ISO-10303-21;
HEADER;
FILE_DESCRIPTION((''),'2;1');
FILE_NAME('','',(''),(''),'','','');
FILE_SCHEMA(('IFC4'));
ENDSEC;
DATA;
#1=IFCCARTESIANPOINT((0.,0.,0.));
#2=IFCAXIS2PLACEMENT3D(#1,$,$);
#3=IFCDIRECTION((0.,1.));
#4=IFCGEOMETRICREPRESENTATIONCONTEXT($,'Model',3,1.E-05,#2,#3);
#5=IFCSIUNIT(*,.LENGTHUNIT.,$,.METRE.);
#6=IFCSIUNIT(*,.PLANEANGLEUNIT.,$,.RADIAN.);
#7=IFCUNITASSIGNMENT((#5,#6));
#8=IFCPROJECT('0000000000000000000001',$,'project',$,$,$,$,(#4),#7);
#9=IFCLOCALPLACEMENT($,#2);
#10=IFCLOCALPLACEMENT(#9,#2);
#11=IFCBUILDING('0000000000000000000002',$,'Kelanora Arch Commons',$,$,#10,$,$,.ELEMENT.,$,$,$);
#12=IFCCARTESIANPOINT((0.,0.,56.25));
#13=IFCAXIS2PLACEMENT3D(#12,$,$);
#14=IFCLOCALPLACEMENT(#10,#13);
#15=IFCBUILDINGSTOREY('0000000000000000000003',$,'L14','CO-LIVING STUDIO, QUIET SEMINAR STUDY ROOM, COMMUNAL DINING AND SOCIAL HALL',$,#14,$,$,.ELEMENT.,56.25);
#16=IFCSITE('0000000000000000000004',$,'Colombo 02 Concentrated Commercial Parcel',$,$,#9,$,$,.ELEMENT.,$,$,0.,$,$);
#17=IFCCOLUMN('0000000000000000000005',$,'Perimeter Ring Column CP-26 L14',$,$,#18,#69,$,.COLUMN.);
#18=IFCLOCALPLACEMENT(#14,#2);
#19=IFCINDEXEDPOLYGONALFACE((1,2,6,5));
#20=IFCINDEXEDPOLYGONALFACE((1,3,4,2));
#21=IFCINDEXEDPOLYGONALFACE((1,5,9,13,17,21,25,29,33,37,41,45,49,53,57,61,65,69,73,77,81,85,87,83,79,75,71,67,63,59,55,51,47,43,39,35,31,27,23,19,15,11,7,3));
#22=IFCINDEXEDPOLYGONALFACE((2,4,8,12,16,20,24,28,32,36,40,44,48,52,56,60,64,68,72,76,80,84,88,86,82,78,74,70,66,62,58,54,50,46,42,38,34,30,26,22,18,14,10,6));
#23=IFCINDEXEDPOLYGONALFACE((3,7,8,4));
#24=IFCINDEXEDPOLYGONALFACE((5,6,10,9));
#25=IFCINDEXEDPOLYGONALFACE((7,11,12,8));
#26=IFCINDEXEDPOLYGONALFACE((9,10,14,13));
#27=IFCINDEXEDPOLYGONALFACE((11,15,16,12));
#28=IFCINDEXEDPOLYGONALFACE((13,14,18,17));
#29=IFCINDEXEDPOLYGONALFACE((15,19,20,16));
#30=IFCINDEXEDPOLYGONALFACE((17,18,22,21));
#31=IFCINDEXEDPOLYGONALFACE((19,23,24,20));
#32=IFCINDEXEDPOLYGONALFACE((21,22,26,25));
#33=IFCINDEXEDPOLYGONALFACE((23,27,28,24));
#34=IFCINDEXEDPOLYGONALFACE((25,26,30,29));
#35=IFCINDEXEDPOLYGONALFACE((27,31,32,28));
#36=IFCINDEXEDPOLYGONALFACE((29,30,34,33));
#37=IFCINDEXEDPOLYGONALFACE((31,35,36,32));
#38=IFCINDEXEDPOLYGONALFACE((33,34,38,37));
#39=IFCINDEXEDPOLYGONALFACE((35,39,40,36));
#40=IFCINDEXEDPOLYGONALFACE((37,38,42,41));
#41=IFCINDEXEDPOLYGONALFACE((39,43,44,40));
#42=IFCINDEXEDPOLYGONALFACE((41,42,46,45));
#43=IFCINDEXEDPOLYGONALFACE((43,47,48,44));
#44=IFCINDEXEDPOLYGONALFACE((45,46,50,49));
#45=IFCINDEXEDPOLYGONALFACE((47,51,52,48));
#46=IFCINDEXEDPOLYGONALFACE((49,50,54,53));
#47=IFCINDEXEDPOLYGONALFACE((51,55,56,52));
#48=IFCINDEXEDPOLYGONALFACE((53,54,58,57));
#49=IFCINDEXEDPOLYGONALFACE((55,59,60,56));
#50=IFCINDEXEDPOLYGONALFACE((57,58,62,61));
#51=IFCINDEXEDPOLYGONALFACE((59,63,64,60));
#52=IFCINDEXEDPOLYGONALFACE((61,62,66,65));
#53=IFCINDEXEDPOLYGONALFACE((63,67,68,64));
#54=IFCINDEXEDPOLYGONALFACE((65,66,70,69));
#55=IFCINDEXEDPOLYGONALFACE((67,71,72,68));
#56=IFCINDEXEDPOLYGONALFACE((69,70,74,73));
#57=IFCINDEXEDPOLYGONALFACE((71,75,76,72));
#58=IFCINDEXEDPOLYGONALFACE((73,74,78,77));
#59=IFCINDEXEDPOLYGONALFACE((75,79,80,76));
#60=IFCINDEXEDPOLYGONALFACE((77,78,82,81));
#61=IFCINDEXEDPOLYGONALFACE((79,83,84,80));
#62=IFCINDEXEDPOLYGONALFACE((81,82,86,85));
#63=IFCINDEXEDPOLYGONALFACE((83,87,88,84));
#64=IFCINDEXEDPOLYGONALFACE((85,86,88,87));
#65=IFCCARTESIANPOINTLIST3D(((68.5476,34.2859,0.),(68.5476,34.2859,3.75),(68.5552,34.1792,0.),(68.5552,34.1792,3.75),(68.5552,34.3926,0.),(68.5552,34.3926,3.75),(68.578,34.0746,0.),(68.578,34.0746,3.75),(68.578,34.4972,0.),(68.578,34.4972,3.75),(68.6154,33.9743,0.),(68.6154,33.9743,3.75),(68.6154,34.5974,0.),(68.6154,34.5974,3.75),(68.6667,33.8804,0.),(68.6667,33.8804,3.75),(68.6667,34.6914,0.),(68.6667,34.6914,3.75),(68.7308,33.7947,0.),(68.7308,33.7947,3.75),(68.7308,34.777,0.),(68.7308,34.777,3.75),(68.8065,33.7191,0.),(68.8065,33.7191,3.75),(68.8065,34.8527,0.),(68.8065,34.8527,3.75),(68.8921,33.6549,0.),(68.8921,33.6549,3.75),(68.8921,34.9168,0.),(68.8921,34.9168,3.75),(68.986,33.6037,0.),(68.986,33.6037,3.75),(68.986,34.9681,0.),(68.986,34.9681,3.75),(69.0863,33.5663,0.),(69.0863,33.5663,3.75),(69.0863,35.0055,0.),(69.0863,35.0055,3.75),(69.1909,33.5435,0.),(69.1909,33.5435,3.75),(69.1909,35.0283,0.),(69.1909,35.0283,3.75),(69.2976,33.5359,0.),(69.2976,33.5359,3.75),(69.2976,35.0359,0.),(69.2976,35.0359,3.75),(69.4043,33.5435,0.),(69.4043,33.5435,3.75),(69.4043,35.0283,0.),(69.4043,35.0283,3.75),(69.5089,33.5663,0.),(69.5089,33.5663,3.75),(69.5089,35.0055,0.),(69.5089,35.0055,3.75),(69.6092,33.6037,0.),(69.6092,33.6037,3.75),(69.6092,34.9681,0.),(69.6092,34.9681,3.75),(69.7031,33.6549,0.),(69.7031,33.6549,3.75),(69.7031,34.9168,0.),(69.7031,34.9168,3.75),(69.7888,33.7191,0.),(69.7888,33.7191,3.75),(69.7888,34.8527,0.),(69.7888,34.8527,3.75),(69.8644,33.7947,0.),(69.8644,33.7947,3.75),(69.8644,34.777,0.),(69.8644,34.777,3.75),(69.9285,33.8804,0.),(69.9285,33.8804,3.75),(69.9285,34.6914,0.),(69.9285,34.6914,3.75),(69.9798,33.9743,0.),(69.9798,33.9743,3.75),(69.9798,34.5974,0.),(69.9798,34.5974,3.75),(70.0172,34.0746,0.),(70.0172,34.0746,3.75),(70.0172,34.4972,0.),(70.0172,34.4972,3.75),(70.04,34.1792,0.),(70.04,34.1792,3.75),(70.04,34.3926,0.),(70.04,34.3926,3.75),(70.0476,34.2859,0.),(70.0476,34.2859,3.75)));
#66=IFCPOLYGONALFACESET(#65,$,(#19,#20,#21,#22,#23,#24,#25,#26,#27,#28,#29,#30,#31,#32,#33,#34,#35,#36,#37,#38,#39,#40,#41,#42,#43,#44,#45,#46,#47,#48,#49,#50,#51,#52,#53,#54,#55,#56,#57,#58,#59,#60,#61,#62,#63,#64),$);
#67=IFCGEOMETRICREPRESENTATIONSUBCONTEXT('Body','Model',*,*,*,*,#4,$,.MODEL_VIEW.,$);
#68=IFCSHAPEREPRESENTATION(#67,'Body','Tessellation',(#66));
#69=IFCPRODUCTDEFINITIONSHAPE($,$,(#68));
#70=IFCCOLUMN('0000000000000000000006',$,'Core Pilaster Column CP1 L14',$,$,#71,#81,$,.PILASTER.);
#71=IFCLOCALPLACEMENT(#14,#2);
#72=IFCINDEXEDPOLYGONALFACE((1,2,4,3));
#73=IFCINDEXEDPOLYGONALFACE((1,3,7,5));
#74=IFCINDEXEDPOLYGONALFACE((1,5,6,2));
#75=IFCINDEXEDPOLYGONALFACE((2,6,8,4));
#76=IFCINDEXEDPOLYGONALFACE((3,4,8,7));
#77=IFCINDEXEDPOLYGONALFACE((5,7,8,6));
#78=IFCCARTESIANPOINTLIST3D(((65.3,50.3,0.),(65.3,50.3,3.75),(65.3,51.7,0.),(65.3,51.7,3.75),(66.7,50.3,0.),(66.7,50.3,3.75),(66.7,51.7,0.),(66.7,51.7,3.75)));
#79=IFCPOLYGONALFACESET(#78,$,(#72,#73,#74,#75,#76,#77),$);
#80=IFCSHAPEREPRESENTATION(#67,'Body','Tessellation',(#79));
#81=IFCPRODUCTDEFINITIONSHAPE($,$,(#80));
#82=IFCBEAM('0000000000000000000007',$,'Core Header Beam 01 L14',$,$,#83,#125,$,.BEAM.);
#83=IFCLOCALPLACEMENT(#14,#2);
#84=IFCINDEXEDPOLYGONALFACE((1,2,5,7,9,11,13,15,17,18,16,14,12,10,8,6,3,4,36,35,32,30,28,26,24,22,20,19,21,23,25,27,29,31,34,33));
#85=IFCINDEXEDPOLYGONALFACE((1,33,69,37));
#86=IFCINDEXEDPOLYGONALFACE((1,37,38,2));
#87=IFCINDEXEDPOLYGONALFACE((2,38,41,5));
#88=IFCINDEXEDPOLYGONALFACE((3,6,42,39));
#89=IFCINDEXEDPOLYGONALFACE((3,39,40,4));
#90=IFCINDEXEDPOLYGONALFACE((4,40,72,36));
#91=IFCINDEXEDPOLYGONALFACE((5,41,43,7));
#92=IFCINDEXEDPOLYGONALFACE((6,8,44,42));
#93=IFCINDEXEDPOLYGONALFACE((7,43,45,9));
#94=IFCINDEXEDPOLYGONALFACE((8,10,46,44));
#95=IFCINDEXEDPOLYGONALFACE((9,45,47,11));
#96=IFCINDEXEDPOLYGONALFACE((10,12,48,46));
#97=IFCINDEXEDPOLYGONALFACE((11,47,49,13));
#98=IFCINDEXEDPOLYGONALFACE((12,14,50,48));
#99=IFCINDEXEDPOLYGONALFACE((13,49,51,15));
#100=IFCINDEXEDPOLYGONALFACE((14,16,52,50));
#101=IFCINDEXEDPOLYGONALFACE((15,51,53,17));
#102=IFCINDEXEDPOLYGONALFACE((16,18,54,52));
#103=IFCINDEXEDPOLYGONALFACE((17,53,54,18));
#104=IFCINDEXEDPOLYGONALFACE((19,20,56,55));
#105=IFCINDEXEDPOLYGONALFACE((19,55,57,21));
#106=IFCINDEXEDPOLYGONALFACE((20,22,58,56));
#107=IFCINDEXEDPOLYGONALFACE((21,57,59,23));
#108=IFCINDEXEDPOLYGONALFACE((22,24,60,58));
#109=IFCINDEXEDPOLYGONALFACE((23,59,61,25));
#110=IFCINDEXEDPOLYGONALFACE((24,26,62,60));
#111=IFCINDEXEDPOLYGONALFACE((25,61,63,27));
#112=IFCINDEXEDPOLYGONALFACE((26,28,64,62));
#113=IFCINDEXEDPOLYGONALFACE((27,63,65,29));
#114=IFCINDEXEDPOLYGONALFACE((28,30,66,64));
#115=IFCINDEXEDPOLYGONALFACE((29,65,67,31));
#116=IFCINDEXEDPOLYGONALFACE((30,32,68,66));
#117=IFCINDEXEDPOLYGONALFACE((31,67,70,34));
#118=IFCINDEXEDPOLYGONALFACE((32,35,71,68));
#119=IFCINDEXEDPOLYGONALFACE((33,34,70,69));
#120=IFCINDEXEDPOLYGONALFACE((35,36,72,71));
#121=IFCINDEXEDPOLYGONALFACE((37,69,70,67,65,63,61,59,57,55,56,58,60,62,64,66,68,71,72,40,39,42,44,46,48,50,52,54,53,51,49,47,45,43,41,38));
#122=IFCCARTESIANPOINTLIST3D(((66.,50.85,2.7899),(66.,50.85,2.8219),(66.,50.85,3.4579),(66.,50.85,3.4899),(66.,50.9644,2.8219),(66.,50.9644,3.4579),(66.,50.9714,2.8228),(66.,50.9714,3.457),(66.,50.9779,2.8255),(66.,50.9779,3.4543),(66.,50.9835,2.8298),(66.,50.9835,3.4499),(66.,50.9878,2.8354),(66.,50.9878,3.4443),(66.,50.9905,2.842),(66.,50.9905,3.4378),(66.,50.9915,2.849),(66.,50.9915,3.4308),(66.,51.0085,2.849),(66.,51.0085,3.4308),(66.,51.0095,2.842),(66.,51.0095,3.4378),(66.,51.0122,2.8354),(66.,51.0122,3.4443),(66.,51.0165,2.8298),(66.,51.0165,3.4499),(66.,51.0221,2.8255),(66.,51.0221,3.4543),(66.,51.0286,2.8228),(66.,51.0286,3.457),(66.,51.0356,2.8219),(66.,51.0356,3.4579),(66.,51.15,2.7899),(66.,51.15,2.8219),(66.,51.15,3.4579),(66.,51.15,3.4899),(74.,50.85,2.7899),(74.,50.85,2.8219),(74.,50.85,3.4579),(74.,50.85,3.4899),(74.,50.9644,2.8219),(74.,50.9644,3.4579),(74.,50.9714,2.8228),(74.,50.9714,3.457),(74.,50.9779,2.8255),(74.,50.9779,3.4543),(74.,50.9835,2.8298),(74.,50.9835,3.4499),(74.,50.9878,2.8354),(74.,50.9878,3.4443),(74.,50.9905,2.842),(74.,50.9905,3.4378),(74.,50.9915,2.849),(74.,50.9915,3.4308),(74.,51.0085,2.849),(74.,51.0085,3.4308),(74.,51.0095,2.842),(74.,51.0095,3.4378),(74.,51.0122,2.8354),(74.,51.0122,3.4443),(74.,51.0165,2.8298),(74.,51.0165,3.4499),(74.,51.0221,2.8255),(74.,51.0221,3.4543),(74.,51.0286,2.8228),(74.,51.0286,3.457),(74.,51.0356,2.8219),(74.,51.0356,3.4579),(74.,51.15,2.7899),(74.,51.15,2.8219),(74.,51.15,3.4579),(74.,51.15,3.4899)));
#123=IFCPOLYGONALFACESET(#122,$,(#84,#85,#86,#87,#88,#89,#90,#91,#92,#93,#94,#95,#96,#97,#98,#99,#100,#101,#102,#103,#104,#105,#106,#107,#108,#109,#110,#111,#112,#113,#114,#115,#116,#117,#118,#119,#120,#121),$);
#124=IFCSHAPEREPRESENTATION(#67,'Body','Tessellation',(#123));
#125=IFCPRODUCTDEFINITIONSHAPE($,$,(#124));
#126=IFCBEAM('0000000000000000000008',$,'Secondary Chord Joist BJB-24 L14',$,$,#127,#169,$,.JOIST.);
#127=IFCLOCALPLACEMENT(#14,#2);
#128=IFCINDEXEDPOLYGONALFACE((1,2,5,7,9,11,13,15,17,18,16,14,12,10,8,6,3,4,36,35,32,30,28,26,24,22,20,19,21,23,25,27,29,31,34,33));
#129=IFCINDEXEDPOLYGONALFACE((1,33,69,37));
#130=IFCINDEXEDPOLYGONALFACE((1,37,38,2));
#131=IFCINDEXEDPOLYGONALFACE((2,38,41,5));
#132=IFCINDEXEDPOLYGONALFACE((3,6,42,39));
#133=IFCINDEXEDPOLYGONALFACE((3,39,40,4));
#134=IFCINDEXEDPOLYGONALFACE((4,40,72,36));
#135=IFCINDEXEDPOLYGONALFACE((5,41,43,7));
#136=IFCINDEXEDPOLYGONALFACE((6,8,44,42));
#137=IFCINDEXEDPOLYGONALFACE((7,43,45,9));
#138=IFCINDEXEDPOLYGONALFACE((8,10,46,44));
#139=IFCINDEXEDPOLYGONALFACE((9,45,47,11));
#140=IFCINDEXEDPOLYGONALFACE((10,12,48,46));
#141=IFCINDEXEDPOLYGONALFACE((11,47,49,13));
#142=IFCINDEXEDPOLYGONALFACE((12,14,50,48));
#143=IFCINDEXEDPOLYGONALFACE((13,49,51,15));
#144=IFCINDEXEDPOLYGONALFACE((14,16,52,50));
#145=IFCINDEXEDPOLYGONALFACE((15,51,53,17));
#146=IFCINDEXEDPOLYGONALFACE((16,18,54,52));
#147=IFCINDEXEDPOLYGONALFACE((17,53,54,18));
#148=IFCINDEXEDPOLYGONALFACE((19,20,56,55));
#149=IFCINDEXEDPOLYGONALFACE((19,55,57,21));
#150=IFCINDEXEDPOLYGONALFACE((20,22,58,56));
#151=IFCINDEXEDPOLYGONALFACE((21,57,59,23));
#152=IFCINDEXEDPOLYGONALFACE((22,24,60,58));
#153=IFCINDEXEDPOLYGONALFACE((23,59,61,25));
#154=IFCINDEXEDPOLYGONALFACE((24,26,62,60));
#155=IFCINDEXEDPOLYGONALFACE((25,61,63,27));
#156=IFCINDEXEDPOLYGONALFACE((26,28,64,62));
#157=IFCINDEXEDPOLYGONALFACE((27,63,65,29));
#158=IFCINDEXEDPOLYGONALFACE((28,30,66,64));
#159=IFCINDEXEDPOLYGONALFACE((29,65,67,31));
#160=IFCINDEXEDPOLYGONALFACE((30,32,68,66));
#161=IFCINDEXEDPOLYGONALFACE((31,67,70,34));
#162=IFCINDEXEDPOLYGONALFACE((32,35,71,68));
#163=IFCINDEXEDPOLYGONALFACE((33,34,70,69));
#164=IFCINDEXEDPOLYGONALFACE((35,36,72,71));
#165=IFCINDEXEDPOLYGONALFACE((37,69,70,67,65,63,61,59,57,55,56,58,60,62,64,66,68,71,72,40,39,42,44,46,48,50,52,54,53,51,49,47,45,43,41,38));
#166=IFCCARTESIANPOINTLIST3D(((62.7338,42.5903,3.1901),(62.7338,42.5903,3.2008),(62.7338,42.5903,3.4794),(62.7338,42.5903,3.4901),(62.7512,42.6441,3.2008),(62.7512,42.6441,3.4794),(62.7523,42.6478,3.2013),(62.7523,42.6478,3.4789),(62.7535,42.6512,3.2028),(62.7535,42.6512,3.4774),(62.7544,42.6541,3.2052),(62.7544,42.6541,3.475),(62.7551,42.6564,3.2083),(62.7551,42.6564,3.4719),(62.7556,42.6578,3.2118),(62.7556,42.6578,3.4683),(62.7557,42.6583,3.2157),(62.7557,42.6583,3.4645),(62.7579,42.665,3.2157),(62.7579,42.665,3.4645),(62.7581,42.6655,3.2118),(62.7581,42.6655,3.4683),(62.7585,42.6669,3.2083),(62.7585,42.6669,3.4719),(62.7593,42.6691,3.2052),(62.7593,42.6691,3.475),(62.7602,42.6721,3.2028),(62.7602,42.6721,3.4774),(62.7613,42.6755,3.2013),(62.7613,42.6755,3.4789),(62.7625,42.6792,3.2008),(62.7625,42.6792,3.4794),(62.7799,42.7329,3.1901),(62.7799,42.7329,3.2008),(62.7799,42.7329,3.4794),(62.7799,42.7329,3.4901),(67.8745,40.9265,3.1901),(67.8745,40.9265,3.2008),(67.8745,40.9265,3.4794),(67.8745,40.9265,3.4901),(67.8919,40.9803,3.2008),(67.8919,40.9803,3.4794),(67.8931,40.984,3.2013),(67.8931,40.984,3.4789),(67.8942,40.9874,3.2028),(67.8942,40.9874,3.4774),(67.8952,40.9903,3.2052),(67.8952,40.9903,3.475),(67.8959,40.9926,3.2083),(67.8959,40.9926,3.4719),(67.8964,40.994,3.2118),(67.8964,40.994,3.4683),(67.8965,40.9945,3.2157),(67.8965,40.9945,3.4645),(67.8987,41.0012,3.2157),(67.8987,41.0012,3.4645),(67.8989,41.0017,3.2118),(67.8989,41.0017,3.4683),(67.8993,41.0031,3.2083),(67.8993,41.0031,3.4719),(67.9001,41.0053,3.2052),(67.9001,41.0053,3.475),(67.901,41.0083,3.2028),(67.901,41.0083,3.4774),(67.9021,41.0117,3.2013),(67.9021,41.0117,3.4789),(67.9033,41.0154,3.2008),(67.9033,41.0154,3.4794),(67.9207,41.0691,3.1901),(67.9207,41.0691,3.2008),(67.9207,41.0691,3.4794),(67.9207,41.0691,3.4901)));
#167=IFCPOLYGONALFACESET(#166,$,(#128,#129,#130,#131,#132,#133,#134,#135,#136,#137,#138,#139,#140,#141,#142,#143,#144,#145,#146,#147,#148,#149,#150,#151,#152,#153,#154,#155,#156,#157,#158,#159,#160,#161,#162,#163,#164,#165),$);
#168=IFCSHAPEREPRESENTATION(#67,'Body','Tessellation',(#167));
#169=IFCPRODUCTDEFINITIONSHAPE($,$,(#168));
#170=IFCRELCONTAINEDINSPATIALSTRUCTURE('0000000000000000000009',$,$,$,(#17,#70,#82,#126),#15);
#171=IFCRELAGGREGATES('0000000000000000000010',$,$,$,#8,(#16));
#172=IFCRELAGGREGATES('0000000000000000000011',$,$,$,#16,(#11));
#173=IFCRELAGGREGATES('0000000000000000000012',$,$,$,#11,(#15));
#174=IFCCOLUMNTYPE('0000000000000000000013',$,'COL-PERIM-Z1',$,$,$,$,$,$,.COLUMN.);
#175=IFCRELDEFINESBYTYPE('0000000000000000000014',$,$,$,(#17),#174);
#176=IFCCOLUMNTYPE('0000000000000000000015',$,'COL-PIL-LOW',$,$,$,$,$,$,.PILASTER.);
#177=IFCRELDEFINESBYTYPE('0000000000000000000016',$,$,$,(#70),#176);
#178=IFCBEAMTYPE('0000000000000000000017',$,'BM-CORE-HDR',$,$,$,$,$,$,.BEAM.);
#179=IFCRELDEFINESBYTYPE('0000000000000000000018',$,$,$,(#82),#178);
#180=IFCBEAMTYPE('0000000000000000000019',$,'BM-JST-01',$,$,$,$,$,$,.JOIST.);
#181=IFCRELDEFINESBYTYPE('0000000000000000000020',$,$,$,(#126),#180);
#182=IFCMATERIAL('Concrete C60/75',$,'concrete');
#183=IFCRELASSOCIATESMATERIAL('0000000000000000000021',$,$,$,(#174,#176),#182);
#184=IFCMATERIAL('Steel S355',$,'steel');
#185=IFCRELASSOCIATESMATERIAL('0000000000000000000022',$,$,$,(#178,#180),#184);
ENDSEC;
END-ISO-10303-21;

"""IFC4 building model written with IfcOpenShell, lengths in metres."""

from ifc_helpers import new_model, si_unit, direction, frame, origin, origin_2d, place, context, subcontext, project, spatial, rectangle, circle, i_section, extrude, material, material_profile, profile_set, type_object, element, save


model = new_model("IFC4")

# Units and contexts
model_context = context("Model", 3, precision=1e-05, world=origin(), true_north=direction((0.0, 1.0)))
body_context = subcontext(model_context, "Body", "Model", "MODEL_VIEW")
ifc_project = project(units=[si_unit("LENGTHUNIT", "METRE"), si_unit("PLANEANGLEUNIT", "RADIAN")], contexts=[model_context])

# Site, building, storey
site_placement = place(None, origin())
site = spatial("IfcSite", under=ifc_project, at=site_placement, Name="Colombo 02 Concentrated Commercial Parcel", CompositionType="ELEMENT", RefElevation=0.0)
building_placement = place(site_placement, origin())
building = spatial("IfcBuilding", under=site, at=building_placement, Name="Kelanora Arch Commons", CompositionType="ELEMENT")
storey_placement = place(building_placement, frame((0.0, 0.0, 56.25)))
storey = spatial("IfcBuildingStorey", under=building, at=storey_placement, Name="L14", Description="CO-LIVING STUDIO, QUIET SEMINAR STUDY ROOM, COMMUNAL DINING AND SOCIAL HALL", CompositionType="ELEMENT", Elevation=56.25)

# Columns
ifc_material_1 = material(Name="Concrete C60/75", Category="concrete")
ifc_material_profile_1 = material_profile(ifc_material_1, circle(Radius=0.75, at=origin_2d()), Name="RCC1500")
ifc_profile_set_1 = profile_set([ifc_material_profile_1], Name="Concrete C60/75")
column_type_1 = type_object("IfcColumnType", Name="COL-PERIM-Z1", PredefinedType="COLUMN", material=ifc_profile_set_1)
column_1_placement = place(storey_placement, frame((69.2976, 34.2859, 0.0), z_axis=(0.0, 0.0, 1.0), x_axis=(1.0, 0.0, 0.0)))
element("IfcColumn", 1, at=column_1_placement, inside=storey, type_object=column_type_1, Name="Perimeter Ring Column CP-26 L14", PredefinedType="COLUMN", context=body_context, shape_type="SweptSolid", body=[
    extrude(circle(Radius=0.75, at=origin_2d()), origin(), (0.0, 0.0, 1.0), 3.75),
])
ifc_material_profile_2 = material_profile(ifc_material_1, rectangle(XDim=1.3999, YDim=1.3999, at=origin_2d()), Name="RC1400x1400")
ifc_profile_set_2 = profile_set([ifc_material_profile_2], Name="Concrete C60/75")
column_type_2 = type_object("IfcColumnType", Name="COL-PIL-LOW", PredefinedType="PILASTER", material=ifc_profile_set_2)
column_2_placement = place(storey_placement, frame((66.0, 51.0, 0.0), z_axis=(0.0, 0.0, 1.0), x_axis=(1.0, 0.0, 0.0)))
element("IfcColumn", 2, at=column_2_placement, inside=storey, type_object=column_type_2, Name="Core Pilaster Column CP1 L14", PredefinedType="PILASTER", context=body_context, shape_type="SweptSolid", body=[
    extrude(rectangle(XDim=1.3999, YDim=1.3999, at=origin_2d()), origin(), (0.0, 0.0, 1.0), 3.75),
])

# Beams
ifc_material_2 = material(Name="Steel S355", Category="steel")
ifc_material_profile_3 = material_profile(ifc_material_2, i_section(OverallWidth=0.3, OverallDepth=0.7, WebThickness=0.0171, FlangeThickness=0.032, FilletRadius=0.0271, at=origin_2d()), Name="HEB700")
ifc_profile_set_3 = profile_set([ifc_material_profile_3], Name="Steel S355")
beam_type_1 = type_object("IfcBeamType", Name="BM-CORE-HDR", PredefinedType="BEAM", material=ifc_profile_set_3)
beam_1_placement = place(storey_placement, frame((66.0, 51.0, 3.1399), z_axis=(1.0, 0.0, 0.0), x_axis=(0.0, 1.0, 0.0)))
element("IfcBeam", 3, at=beam_1_placement, inside=storey, type_object=beam_type_1, Name="Core Header Beam 01 L14", PredefinedType="BEAM", context=body_context, shape_type="SweptSolid", body=[
    extrude(i_section(OverallWidth=0.3, OverallDepth=0.7, WebThickness=0.0171, FlangeThickness=0.032, FilletRadius=0.0271, at=origin_2d()), origin(), (0.0, 0.0, 1.0), 8.0),
])
ifc_material_profile_4 = material_profile(ifc_material_2, i_section(OverallWidth=0.1499, OverallDepth=0.3, WebThickness=0.0071, FlangeThickness=0.0107, FilletRadius=0.0149, at=origin_2d()), Name="IPE300")
ifc_profile_set_4 = profile_set([ifc_material_profile_4], Name="Steel S355")
beam_type_2 = type_object("IfcBeamType", Name="BM-JST-01", PredefinedType="JOIST", material=ifc_profile_set_4)
beam_2_placement = place(storey_placement, frame((62.7568, 42.6616, 3.3401), z_axis=(0.951412, -0.30792, 0.0), x_axis=(0.30792, 0.951412, 0.0)))
element("IfcBeam", 4, at=beam_2_placement, inside=storey, type_object=beam_type_2, Name="Secondary Chord Joist BJB-24 L14", PredefinedType="JOIST", context=body_context, shape_type="SweptSolid", body=[
    extrude(i_section(OverallWidth=0.1499, OverallDepth=0.3, WebThickness=0.0071, FlangeThickness=0.0107, FilletRadius=0.0149, at=origin_2d()), origin(), (0.0, 0.0, 1.0), 5.4033),
])

save(model, "model.ifc")
